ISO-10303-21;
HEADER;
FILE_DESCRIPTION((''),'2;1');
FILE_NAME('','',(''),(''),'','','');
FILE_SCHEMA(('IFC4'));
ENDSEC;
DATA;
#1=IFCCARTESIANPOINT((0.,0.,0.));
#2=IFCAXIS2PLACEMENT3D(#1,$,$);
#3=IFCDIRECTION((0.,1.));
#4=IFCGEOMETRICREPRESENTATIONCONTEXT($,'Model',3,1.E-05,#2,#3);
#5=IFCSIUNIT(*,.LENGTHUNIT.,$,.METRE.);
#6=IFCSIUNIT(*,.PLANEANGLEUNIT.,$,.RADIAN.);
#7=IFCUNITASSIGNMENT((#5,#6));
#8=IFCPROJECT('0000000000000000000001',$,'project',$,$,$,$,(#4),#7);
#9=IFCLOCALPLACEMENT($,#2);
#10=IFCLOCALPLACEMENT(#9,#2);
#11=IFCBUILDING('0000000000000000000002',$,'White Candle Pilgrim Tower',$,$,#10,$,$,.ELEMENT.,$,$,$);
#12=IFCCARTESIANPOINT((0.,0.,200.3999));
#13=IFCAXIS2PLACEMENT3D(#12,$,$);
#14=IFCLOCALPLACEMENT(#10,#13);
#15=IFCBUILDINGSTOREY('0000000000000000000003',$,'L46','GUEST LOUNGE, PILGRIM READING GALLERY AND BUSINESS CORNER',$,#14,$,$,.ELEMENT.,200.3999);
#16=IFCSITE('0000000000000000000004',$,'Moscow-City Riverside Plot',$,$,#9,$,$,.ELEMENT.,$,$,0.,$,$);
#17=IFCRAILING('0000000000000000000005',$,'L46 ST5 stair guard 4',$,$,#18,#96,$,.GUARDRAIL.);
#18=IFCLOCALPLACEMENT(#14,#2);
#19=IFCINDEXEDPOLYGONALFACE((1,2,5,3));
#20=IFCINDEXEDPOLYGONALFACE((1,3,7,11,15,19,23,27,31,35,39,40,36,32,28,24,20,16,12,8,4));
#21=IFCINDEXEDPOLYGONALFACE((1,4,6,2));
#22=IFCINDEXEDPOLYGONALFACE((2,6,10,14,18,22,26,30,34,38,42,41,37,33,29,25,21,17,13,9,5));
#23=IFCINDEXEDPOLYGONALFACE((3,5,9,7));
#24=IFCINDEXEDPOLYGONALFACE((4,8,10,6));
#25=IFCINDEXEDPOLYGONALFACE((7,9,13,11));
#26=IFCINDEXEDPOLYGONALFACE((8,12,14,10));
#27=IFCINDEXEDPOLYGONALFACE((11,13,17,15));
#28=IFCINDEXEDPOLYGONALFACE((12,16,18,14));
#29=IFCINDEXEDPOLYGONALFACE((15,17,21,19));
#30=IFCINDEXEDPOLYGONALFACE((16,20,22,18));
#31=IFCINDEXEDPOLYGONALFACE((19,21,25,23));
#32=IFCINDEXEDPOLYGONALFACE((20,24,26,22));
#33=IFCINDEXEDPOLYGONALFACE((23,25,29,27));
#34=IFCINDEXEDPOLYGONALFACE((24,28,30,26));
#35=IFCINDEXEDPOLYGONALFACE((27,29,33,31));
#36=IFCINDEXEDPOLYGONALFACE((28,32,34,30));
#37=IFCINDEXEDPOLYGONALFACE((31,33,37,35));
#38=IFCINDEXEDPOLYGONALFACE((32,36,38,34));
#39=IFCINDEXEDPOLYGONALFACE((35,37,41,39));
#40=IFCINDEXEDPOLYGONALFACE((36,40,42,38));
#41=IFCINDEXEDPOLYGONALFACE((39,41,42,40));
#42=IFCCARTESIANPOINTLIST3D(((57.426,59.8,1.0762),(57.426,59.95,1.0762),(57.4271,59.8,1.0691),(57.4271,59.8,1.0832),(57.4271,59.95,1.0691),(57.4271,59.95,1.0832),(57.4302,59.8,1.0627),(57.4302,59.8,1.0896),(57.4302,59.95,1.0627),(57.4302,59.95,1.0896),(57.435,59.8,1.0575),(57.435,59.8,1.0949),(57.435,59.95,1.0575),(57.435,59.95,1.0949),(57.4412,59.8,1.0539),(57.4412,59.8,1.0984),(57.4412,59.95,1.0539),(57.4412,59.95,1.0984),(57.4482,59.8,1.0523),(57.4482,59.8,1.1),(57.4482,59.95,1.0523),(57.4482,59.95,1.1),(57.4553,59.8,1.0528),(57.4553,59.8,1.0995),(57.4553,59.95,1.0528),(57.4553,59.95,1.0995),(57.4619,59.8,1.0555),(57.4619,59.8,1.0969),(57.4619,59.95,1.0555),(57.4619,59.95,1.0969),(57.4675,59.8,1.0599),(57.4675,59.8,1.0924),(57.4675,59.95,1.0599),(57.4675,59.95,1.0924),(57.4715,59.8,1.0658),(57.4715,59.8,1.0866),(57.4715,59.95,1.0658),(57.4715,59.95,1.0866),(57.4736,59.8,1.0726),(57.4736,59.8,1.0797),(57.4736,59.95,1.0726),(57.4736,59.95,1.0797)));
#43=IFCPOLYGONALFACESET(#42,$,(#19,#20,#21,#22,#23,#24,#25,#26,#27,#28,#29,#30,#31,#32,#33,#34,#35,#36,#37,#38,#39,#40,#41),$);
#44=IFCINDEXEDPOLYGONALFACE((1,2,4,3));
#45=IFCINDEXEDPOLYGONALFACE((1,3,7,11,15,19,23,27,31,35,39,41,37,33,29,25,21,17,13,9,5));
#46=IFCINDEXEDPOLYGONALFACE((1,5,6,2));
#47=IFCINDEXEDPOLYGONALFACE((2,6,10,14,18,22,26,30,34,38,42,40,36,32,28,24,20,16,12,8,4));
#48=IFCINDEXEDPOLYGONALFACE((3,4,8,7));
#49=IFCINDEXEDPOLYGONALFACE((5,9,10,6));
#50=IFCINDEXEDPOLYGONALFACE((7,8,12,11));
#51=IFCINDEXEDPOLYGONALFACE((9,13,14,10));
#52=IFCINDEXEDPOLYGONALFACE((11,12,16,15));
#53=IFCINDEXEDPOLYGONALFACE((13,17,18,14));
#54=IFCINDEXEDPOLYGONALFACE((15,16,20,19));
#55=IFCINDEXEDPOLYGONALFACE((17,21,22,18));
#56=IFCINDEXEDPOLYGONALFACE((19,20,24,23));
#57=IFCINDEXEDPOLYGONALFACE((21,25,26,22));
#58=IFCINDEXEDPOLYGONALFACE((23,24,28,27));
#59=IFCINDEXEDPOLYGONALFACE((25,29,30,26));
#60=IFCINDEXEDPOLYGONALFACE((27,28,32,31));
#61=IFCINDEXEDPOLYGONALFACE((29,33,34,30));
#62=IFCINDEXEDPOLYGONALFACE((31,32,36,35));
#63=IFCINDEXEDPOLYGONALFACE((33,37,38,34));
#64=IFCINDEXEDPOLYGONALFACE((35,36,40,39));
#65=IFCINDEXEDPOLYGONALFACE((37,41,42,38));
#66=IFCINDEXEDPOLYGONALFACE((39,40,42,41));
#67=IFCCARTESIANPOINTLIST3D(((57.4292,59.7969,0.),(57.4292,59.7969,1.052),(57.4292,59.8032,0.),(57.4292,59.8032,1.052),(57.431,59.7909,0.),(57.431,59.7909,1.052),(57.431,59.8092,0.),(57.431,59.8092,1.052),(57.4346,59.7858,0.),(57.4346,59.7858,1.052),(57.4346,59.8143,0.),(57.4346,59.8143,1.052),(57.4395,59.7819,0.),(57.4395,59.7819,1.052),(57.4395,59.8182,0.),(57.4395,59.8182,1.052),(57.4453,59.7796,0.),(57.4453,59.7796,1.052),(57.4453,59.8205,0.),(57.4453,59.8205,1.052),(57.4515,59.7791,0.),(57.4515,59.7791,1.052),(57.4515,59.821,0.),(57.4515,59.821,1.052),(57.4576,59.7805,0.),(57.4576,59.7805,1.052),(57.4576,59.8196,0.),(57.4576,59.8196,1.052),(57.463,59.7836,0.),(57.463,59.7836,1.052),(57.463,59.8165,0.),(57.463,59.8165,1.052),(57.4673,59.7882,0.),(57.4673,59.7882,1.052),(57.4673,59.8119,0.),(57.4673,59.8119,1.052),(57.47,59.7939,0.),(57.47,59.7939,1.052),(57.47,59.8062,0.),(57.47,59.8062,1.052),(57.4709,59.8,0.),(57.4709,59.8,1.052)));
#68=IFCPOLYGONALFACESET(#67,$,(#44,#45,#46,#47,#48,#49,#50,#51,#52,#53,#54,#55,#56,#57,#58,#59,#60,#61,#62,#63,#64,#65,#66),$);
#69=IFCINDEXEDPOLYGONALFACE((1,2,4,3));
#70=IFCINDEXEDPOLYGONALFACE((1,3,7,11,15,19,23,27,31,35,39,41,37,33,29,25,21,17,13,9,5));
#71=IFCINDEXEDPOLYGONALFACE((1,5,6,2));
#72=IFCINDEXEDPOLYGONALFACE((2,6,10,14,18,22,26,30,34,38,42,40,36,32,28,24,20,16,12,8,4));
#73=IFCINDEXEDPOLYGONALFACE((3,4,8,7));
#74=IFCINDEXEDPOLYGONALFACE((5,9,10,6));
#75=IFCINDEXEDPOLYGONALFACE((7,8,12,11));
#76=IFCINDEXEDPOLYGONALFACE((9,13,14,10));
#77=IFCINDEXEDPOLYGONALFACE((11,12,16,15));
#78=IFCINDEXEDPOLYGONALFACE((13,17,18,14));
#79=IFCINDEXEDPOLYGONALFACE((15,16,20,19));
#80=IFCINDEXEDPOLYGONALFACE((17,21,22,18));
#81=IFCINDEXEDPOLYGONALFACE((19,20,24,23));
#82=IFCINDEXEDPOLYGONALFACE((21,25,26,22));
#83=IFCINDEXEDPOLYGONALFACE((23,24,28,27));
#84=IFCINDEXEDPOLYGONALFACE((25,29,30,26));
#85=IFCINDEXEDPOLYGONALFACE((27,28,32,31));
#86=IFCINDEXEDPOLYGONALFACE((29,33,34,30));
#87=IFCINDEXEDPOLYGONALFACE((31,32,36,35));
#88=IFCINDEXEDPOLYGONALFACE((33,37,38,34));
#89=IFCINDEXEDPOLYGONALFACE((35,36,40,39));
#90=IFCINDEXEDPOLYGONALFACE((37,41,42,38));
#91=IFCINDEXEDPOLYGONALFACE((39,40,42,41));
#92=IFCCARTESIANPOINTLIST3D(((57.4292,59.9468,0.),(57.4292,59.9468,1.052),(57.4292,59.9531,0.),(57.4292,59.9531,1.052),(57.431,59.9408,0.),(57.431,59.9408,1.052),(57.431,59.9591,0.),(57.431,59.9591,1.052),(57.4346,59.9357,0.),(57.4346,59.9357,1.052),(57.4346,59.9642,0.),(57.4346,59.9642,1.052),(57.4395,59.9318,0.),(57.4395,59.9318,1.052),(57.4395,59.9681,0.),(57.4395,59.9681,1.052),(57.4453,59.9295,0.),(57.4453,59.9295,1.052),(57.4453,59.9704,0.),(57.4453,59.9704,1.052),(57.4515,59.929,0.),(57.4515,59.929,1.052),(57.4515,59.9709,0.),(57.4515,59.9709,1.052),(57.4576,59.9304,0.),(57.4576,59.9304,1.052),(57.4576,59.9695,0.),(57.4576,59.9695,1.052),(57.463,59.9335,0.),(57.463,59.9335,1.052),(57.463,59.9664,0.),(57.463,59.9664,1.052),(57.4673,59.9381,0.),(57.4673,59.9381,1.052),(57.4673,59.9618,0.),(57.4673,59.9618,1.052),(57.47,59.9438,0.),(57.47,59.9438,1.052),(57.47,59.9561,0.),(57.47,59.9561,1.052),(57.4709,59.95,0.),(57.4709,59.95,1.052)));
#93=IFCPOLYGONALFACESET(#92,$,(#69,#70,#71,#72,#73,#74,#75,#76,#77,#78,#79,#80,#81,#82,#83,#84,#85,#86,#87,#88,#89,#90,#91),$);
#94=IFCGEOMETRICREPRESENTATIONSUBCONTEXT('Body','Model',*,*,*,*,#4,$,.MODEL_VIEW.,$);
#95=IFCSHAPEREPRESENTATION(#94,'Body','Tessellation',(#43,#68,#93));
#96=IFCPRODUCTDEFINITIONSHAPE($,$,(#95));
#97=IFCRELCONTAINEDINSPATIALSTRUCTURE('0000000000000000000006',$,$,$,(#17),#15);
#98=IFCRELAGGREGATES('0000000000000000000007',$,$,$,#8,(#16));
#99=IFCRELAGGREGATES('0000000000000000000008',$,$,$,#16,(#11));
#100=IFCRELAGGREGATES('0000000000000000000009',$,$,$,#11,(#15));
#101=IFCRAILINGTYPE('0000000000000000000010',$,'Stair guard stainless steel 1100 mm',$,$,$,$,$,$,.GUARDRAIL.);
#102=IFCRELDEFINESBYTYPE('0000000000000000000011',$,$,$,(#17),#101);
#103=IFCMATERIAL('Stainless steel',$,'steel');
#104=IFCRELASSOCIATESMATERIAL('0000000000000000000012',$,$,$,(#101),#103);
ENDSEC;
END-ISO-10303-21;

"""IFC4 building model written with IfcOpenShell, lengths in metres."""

from ifc_helpers import new_model, si_unit, direction, frame, origin, origin_2d, place, context, subcontext, project, spatial, circle, extrude, material, type_object, element, save


model = new_model("IFC4")

# Units and contexts
model_context = context("Model", 3, precision=1e-05, world=origin(), true_north=direction((0.0, 1.0)))
body_context = subcontext(model_context, "Body", "Model", "MODEL_VIEW")
ifc_project = project(units=[si_unit("LENGTHUNIT", "METRE"), si_unit("PLANEANGLEUNIT", "RADIAN")], contexts=[model_context])

# Site, building, storey
site_placement = place(None, origin())
site = spatial("IfcSite", under=ifc_project, at=site_placement, Name="Moscow-City Riverside Plot", CompositionType="ELEMENT", RefElevation=0.0)
building_placement = place(site_placement, origin())
building = spatial("IfcBuilding", under=site, at=building_placement, Name="White Candle Pilgrim Tower", CompositionType="ELEMENT")
storey_placement = place(building_placement, frame((0.0, 0.0, 200.3999)))
storey = spatial("IfcBuildingStorey", under=building, at=storey_placement, Name="L46", Description="GUEST LOUNGE, PILGRIM READING GALLERY AND BUSINESS CORNER", CompositionType="ELEMENT", Elevation=200.3999)

# Railing
ifc_material_1 = material(Name="Stainless steel", Category="steel")
railing_type_1 = type_object("IfcRailingType", Name="Stair guard stainless steel 1100 mm", PredefinedType="GUARDRAIL", material=ifc_material_1)
railing_1_placement = place(storey_placement, frame((57.45, 59.8, 0.0)))
element("IfcRailing", 1, at=railing_1_placement, inside=storey, type_object=railing_type_1, Name="L46 ST5 stair guard 4", PredefinedType="GUARDRAIL", context=body_context, shape_type="SweptSolid", body=[
    extrude(circle(Radius=0.0239, at=origin_2d()), frame((0.0, 0.0, 1.0762), z_axis=(0.0, 1.0, 0.0), x_axis=(-1.0, 0.0, 0.0)), (0.0, 0.0, 1.0), 0.1499),
    extrude(circle(Radius=0.021, at=origin_2d()), origin(), (0.0, 0.0, 1.0), 1.052),
    extrude(circle(Radius=0.021, at=origin_2d()), frame((0.0, 0.1499, 0.0)), (0.0, 0.0, 1.0), 1.052),
])

save(model, "model.ifc")
